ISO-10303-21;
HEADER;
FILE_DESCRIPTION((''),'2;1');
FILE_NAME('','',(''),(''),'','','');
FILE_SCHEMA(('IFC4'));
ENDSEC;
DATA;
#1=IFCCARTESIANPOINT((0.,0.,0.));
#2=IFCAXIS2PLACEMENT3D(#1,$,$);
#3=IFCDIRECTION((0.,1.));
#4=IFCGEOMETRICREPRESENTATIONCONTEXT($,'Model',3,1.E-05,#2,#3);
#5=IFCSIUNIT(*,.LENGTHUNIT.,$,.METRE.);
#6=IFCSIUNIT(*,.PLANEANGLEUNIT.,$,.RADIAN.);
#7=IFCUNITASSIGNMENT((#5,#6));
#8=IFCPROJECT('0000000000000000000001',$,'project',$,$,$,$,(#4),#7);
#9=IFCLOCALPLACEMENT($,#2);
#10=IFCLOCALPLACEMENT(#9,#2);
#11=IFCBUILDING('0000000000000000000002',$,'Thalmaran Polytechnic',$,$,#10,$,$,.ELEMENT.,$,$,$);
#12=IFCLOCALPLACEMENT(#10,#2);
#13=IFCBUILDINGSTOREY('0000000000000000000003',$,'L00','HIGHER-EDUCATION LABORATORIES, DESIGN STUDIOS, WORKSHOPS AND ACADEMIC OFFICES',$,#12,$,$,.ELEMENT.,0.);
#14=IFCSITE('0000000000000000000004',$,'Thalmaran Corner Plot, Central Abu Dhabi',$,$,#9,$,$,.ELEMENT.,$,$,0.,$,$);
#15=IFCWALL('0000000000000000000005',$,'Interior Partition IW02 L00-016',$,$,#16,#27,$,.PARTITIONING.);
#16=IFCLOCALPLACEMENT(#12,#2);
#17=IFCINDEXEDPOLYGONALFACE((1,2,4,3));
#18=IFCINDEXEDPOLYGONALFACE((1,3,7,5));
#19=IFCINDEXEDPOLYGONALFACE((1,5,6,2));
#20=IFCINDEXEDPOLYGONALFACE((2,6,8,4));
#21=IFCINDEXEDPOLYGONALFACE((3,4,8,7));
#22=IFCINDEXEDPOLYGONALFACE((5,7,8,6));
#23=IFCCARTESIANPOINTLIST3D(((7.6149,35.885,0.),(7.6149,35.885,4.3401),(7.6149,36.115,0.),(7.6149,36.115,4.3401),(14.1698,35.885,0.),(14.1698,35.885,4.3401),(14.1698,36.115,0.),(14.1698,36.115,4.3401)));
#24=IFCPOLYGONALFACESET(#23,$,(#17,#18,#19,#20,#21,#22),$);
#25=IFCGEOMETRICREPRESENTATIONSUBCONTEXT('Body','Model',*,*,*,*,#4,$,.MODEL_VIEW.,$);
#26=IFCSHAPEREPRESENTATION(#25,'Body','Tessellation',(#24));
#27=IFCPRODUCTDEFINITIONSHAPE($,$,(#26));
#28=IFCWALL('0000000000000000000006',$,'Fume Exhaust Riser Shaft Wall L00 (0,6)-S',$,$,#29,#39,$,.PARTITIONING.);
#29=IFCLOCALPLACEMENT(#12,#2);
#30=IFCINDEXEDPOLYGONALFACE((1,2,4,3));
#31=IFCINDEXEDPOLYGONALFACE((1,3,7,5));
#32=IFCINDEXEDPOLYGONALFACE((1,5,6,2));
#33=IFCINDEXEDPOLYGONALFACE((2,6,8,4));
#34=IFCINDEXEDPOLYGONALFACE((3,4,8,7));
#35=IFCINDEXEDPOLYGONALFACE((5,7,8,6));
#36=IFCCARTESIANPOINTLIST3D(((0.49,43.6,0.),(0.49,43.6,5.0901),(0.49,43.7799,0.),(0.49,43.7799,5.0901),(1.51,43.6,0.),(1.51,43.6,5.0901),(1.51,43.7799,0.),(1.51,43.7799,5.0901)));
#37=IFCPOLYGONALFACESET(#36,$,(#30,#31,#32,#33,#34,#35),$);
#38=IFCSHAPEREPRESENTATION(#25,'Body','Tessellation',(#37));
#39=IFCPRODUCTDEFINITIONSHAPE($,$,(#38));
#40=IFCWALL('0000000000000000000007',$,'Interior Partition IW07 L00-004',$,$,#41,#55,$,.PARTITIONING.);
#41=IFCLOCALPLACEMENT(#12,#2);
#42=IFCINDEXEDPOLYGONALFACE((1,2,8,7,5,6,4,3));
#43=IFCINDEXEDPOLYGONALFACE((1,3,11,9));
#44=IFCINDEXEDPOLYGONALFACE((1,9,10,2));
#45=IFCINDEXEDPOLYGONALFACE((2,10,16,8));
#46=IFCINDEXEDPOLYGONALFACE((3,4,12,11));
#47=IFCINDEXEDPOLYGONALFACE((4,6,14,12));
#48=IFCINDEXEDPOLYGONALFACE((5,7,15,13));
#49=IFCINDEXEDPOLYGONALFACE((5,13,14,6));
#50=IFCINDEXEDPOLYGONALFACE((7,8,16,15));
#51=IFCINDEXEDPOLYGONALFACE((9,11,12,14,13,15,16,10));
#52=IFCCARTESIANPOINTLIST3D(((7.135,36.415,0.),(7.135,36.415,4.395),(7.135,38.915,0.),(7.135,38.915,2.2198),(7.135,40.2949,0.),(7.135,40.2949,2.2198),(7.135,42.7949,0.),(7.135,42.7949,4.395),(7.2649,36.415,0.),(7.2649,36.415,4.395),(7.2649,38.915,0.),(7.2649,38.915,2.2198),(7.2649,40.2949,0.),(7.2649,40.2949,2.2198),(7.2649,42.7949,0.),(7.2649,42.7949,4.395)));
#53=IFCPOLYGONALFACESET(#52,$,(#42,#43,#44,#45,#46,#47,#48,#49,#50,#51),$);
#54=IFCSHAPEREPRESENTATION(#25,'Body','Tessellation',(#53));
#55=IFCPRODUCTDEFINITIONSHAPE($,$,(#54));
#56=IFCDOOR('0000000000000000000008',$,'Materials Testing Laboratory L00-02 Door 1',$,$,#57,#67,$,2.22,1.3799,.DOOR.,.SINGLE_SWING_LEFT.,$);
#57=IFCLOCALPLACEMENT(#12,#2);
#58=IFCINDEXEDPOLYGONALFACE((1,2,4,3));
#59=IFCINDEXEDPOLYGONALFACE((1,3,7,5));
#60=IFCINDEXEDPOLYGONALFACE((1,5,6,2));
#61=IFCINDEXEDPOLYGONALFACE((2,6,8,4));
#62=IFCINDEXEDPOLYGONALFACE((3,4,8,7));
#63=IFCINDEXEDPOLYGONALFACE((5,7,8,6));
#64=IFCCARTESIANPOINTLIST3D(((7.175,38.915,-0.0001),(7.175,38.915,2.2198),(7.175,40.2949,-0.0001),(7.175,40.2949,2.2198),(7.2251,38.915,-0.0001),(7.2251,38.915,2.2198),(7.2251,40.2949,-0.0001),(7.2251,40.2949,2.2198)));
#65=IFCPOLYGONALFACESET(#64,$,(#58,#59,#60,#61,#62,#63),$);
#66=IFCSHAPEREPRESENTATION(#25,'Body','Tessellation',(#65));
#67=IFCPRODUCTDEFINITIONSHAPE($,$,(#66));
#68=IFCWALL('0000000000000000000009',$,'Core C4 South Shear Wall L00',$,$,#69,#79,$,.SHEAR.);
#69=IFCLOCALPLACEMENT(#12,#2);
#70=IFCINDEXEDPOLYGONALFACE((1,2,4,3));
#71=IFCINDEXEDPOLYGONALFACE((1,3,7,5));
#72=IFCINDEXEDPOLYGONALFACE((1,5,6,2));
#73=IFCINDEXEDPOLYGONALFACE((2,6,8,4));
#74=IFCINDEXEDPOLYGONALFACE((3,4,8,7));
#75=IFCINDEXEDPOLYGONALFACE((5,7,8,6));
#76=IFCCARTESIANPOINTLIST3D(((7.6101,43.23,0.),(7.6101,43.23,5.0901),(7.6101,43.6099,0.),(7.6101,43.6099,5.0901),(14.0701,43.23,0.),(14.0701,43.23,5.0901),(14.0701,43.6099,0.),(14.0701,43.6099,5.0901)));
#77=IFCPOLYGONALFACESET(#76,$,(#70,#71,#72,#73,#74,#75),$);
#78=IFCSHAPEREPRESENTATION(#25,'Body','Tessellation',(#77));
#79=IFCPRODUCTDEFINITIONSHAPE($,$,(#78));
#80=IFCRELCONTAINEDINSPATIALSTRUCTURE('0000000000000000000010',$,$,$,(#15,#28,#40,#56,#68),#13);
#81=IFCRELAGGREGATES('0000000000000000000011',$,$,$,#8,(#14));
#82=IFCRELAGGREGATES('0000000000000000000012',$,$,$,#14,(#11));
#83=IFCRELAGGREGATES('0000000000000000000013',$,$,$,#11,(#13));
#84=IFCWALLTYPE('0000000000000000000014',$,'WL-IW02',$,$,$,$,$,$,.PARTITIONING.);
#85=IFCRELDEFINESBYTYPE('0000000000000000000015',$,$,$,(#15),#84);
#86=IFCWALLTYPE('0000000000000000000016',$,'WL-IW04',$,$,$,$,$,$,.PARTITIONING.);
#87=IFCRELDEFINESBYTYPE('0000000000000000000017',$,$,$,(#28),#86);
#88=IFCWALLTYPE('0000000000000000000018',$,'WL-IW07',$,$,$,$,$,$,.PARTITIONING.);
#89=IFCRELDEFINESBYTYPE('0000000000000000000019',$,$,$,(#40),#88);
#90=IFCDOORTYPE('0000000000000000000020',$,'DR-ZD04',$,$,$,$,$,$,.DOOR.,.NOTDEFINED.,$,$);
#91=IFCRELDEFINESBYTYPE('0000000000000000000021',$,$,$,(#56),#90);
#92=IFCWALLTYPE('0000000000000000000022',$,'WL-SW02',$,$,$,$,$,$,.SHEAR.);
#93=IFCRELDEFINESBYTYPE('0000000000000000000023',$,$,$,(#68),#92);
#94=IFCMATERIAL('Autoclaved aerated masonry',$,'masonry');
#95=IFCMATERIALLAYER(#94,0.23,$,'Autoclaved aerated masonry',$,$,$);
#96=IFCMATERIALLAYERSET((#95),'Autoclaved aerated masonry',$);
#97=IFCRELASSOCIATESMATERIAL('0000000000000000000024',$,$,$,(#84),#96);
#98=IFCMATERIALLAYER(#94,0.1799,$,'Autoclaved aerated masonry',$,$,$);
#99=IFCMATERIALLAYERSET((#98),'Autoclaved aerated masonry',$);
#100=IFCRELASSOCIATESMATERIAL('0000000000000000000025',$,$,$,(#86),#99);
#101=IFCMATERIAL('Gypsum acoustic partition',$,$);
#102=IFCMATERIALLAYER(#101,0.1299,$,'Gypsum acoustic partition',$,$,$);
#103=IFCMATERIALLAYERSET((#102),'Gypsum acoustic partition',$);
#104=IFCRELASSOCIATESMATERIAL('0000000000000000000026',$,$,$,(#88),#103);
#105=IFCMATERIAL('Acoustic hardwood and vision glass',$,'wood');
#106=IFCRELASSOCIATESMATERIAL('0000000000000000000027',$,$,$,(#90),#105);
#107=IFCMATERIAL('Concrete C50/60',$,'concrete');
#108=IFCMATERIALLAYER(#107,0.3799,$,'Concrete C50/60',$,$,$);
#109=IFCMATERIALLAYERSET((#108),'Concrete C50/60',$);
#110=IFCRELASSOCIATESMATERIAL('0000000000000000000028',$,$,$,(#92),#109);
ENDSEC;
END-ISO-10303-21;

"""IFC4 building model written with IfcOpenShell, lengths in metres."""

from ifc_helpers import new_model, si_unit, direction, frame, frame_2d, origin, place, context, subcontext, project, spatial, rectangle, extrude, material, layer, layer_set, type_object, element, fill, save


model = new_model("IFC4")

# Units and contexts
model_context = context("Model", 3, precision=1e-05, world=origin(), true_north=direction((0.0, 1.0)))
body_context = subcontext(model_context, "Body", "Model", "MODEL_VIEW")
ifc_project = project(units=[si_unit("LENGTHUNIT", "METRE"), si_unit("PLANEANGLEUNIT", "RADIAN")], contexts=[model_context])

# Site, building, storey
site_placement = place(None, origin())
site = spatial("IfcSite", under=ifc_project, at=site_placement, Name="Thalmaran Corner Plot, Central Abu Dhabi", CompositionType="ELEMENT", RefElevation=0.0)
building_placement = place(site_placement, origin())
building = spatial("IfcBuilding", under=site, at=building_placement, Name="Thalmaran Polytechnic", CompositionType="ELEMENT")
storey_placement = place(building_placement, origin())
storey = spatial("IfcBuildingStorey", under=building, at=storey_placement, Name="L00", Description="HIGHER-EDUCATION LABORATORIES, DESIGN STUDIOS, WORKSHOPS AND ACADEMIC OFFICES", CompositionType="ELEMENT", Elevation=0.0)

# Shared definitions
ifc_material_1 = material(Name="Concrete C50/60", Category="concrete")

# Walls
ifc_material_2 = material(Name="Autoclaved aerated masonry", Category="masonry")
ifc_layer_1 = layer(ifc_material_2, 0.23, Name="Autoclaved aerated masonry")
ifc_layer_set_1 = layer_set([ifc_layer_1], Name="Autoclaved aerated masonry")
wall_type_1 = type_object("IfcWallType", Name="WL-IW02", PredefinedType="PARTITIONING", material=ifc_layer_set_1)
wall_1_placement = place(storey_placement, frame((7.615, 36.0, 0.0), z_axis=(0.0, 0.0, 1.0), x_axis=(1.0, 0.0, 0.0)))
element("IfcWall", 1, at=wall_1_placement, inside=storey, type_object=wall_type_1, Name="Interior Partition IW02 L00-016", PredefinedType="PARTITIONING", context=body_context, shape_type="SweptSolid", body=[
    extrude(rectangle(XDim=6.5549, YDim=0.23, at=frame_2d((3.2773, 0.0))), origin(), (0.0, 0.0, 1.0), 4.3401),
])
ifc_layer_2 = layer(ifc_material_2, 0.1799, Name="Autoclaved aerated masonry")
ifc_layer_set_2 = layer_set([ifc_layer_2], Name="Autoclaved aerated masonry")
wall_type_2 = type_object("IfcWallType", Name="WL-IW04", PredefinedType="PARTITIONING", material=ifc_layer_set_2)
wall_2_placement = place(storey_placement, frame((0.49, 43.6899, 0.0), z_axis=(0.0, 0.0, 1.0), x_axis=(1.0, 0.0, 0.0)))
element("IfcWall", 2, at=wall_2_placement, inside=storey, type_object=wall_type_2, Name="Fume Exhaust Riser Shaft Wall L00 (0,6)-S", PredefinedType="PARTITIONING", context=body_context, shape_type="SweptSolid", body=[
    extrude(rectangle(XDim=1.02, YDim=0.1799, at=frame_2d((0.51, 0.0))), origin(), (0.0, 0.0, 1.0), 5.0901),
])

# Wall, opening, door
ifc_material_3 = material(Name="Gypsum acoustic partition")
ifc_layer_3 = layer(ifc_material_3, 0.1299, Name="Gypsum acoustic partition")
ifc_layer_set_3 = layer_set([ifc_layer_3], Name="Gypsum acoustic partition")
wall_type_3 = type_object("IfcWallType", Name="WL-IW07", PredefinedType="PARTITIONING", material=ifc_layer_set_3)
wall_3_placement = place(storey_placement, frame((7.2, 36.415, 0.0), z_axis=(0.0, 0.0, 1.0), x_axis=(0.0, 1.0, 0.0)))
wall_3 = element("IfcWall", 3, at=wall_3_placement, inside=storey, type_object=wall_type_3, Name="Interior Partition IW07 L00-004", PredefinedType="PARTITIONING", context=body_context, shape_type="SweptSolid", body=[
    extrude(rectangle(XDim=6.3799, YDim=0.1299, at=frame_2d((3.1899, 0.0))), origin(), (0.0, 0.0, 1.0), 4.395),
])
opening_1_placement = place(wall_3_placement, frame((2.5, 0.0, 0.0)))
opening_1 = element("IfcOpeningElement", 4, at=opening_1_placement, cuts=wall_3, PredefinedType="OPENING", context=body_context, shape_type="SweptSolid", body=[
    extrude(rectangle(XDim=1.3799, YDim=2.22, at=frame_2d((0.6899, 1.1099))), frame((0.0, 0.075, 0.0), z_axis=(0.0, -1.0, 0.0), x_axis=(1.0, 0.0, 0.0)), (0.0, 0.0, 1.0), 0.1499),
])
ifc_material_4 = material(Name="Acoustic hardwood and vision glass", Category="wood")
door_type_1 = type_object("IfcDoorType", Name="DR-ZD04", OperationType="NOTDEFINED", PredefinedType="DOOR", material=ifc_material_4)
door_1_placement = place(opening_1_placement, origin())
door_1 = element("IfcDoor", 5, at=door_1_placement, inside=storey, type_object=door_type_1, Name="Materials Testing Laboratory L00-02 Door 1", OperationType="SINGLE_SWING_LEFT", OverallHeight=2.22, OverallWidth=1.3799, PredefinedType="DOOR", context=body_context, shape_type="SweptSolid", body=[
    extrude(rectangle(XDim=1.3799, YDim=2.22, at=frame_2d((0.6899, 1.1099))), frame((0.0, 0.0249, 0.0), z_axis=(0.0, -1.0, 0.0), x_axis=(1.0, 0.0, 0.0)), (0.0, 0.0, 1.0), 0.05),
])
fill(opening_1, door_1)

# Wall
ifc_layer_4 = layer(ifc_material_1, 0.3799, Name="Concrete C50/60")
ifc_layer_set_4 = layer_set([ifc_layer_4], Name="Concrete C50/60")
wall_type_4 = type_object("IfcWallType", Name="WL-SW02", PredefinedType="SHEAR", material=ifc_layer_set_4)
wall_4_placement = place(storey_placement, frame((7.6101, 43.4199, 0.0), z_axis=(0.0, 0.0, 1.0), x_axis=(1.0, 0.0, 0.0)))
element("IfcWall", 6, at=wall_4_placement, inside=storey, type_object=wall_type_4, Name="Core C4 South Shear Wall L00", PredefinedType="SHEAR", context=body_context, shape_type="SweptSolid", body=[
    extrude(rectangle(XDim=6.46, YDim=0.3799, at=frame_2d((3.23, 0.0))), origin(), (0.0, 0.0, 1.0), 5.0901),
])

save(model, "model.ifc")
